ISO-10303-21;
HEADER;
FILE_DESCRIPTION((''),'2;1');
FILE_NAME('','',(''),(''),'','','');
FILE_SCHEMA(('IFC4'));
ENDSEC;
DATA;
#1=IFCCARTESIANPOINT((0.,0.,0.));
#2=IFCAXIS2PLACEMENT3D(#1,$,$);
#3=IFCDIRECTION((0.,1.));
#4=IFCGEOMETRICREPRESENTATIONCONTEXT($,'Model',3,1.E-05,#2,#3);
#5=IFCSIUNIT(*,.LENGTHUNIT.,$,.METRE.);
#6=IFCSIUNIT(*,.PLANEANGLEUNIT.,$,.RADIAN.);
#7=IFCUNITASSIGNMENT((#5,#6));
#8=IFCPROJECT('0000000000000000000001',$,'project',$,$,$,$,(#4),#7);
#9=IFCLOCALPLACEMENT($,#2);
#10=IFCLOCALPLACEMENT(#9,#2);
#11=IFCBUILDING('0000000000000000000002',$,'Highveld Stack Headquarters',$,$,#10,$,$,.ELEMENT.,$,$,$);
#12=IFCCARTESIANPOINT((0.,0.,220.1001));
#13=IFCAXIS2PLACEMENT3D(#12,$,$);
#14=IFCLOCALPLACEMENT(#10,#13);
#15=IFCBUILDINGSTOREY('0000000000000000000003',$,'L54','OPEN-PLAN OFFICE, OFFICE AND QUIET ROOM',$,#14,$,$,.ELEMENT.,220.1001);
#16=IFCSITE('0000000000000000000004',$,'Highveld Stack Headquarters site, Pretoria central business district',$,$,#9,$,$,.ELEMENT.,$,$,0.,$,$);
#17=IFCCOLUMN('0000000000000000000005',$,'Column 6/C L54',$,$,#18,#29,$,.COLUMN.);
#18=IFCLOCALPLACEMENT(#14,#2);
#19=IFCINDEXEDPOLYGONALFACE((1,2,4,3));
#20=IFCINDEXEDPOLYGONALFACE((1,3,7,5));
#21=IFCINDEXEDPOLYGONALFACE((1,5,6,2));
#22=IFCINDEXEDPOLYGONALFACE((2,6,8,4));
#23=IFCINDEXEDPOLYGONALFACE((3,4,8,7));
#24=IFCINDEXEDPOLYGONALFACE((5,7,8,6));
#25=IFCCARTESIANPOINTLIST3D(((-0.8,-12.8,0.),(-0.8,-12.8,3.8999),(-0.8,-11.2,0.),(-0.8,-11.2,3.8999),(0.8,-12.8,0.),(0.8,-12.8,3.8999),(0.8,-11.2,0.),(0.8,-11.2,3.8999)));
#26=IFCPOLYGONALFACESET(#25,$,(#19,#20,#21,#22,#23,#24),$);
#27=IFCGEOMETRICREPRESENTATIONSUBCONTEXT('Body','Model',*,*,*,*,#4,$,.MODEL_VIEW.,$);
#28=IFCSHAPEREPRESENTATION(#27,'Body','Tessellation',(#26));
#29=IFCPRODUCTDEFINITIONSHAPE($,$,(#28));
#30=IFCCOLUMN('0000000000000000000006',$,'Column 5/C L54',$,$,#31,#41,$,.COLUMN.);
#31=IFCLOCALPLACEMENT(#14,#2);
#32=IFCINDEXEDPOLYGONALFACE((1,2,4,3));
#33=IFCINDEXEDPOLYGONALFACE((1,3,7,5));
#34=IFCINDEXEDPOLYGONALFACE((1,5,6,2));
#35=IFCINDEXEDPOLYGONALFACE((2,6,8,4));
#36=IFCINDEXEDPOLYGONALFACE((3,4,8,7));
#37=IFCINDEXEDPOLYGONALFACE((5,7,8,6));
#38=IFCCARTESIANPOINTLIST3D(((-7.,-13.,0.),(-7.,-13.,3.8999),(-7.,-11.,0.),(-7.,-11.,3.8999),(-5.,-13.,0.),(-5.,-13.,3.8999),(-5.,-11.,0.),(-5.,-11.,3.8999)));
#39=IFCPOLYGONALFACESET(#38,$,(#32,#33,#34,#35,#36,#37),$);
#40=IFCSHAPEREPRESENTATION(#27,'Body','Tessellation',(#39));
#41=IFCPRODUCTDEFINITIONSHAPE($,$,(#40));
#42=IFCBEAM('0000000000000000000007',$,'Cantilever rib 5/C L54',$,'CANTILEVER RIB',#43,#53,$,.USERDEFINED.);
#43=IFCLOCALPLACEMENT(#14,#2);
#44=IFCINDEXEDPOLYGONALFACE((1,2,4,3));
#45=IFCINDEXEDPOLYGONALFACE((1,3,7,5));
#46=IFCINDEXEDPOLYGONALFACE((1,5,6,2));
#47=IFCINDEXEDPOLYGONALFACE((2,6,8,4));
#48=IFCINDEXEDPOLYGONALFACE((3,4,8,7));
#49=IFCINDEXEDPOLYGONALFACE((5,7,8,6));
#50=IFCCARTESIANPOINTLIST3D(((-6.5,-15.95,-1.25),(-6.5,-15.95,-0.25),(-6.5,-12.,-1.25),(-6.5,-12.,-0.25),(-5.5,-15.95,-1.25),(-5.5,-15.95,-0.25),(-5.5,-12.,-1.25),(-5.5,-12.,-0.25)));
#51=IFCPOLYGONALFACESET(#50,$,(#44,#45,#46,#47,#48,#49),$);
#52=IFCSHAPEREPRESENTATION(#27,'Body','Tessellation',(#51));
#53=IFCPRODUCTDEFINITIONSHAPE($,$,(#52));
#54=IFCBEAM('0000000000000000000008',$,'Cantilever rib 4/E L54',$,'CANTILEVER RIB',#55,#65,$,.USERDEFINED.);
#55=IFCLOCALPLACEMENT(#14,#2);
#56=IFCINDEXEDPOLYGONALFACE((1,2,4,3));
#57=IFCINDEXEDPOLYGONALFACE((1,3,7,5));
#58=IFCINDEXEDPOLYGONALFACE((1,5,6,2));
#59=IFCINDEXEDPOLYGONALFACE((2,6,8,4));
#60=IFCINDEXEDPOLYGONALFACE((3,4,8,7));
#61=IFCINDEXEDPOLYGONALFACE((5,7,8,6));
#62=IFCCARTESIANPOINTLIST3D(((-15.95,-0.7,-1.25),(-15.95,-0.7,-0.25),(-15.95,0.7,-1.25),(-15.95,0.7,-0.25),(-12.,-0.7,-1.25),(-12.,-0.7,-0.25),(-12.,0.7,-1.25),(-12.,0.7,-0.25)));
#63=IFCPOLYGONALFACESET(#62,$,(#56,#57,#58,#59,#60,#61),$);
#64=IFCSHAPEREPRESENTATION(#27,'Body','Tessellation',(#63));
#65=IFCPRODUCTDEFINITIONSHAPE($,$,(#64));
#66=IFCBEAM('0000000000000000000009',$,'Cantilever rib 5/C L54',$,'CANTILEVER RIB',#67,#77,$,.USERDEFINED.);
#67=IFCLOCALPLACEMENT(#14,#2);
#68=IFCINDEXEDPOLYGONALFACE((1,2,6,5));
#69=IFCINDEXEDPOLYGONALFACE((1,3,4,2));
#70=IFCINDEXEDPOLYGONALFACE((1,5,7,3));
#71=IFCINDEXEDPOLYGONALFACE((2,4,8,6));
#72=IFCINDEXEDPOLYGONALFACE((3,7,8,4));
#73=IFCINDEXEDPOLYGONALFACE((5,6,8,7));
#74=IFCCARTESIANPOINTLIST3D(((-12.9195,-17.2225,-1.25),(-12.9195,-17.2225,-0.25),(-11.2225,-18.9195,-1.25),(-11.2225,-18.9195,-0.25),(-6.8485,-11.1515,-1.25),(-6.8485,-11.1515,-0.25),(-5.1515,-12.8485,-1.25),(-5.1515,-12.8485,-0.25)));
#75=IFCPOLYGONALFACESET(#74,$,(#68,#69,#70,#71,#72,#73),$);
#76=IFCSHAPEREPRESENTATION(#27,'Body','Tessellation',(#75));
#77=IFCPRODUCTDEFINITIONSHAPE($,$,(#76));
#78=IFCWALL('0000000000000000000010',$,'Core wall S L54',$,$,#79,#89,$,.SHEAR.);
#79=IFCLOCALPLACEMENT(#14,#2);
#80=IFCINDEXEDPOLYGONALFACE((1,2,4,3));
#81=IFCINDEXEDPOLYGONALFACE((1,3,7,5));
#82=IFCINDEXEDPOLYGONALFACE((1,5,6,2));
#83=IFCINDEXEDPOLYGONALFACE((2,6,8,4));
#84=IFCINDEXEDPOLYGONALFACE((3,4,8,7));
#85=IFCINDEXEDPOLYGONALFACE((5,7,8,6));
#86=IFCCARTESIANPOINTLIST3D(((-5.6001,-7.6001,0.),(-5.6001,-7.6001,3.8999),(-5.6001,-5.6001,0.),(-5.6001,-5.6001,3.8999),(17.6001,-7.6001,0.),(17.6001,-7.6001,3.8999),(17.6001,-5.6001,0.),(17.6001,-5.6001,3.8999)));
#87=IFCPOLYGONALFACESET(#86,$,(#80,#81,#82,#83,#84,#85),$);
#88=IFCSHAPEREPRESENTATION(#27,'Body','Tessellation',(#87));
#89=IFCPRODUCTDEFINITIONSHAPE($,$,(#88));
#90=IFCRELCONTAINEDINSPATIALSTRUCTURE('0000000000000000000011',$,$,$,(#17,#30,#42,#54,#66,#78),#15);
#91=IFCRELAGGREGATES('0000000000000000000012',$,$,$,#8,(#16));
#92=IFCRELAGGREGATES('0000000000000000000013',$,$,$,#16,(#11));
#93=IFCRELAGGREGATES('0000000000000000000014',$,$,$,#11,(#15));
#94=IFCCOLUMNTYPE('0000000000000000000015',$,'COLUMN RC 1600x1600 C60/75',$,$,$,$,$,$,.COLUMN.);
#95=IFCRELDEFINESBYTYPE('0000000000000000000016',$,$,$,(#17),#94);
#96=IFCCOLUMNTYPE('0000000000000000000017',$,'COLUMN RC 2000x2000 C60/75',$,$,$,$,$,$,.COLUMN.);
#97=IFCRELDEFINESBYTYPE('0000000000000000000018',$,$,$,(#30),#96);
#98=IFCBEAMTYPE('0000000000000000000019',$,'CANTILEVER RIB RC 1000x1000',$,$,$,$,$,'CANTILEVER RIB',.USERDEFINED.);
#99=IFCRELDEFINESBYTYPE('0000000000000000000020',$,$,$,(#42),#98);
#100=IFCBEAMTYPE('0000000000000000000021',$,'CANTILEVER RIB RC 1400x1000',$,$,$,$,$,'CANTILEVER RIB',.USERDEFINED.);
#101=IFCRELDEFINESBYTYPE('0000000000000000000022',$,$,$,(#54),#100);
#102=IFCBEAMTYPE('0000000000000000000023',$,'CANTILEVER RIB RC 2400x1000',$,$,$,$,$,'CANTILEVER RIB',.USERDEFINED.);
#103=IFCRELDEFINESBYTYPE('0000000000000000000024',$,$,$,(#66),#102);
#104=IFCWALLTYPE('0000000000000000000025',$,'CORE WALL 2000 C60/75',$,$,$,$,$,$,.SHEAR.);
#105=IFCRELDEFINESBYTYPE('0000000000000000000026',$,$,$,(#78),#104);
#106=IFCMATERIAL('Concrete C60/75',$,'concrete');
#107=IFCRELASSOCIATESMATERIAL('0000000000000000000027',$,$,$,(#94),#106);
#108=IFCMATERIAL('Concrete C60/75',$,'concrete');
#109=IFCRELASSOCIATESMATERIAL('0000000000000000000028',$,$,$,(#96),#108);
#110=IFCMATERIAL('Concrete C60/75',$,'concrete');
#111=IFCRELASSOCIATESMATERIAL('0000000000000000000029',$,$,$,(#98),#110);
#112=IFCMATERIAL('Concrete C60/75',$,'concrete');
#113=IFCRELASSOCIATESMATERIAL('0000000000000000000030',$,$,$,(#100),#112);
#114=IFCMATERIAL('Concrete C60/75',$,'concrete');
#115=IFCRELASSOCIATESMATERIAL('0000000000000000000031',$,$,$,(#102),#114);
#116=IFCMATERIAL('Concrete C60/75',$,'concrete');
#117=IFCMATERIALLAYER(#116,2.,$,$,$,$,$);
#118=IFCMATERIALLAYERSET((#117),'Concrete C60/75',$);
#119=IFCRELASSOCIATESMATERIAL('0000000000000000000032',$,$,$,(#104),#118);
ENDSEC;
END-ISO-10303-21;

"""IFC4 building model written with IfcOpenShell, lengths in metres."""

from ifc_helpers import new_model, si_unit, direction, frame, frame_2d, origin, origin_2d, place, context, subcontext, project, spatial, rectangle, extrude, material, layer, layer_set, material_profile, profile_set, type_object, element, save


model = new_model("IFC4")

# Units and contexts
model_context = context("Model", 3, precision=1e-05, world=origin(), true_north=direction((0.0, 1.0)))
body_context = subcontext(model_context, "Body", "Model", "MODEL_VIEW")
ifc_project = project(units=[si_unit("LENGTHUNIT", "METRE"), si_unit("PLANEANGLEUNIT", "RADIAN")], contexts=[model_context])

# Site, building, storey
site_placement = place(None, origin())
site = spatial("IfcSite", under=ifc_project, at=site_placement, Name="Highveld Stack Headquarters site, Pretoria central business district", CompositionType="ELEMENT", RefElevation=0.0)
building_placement = place(site_placement, origin())
building = spatial("IfcBuilding", under=site, at=building_placement, Name="Highveld Stack Headquarters", CompositionType="ELEMENT")
storey_placement = place(building_placement, frame((0.0, 0.0, 220.1001)))
storey = spatial("IfcBuildingStorey", under=building, at=storey_placement, Name="L54", Description="OPEN-PLAN OFFICE, OFFICE AND QUIET ROOM", CompositionType="ELEMENT", Elevation=220.1001)

# Columns
ifc_material_1 = material(Name="Concrete C60/75", Category="concrete")
ifc_material_profile_1 = material_profile(ifc_material_1, rectangle(XDim=1.6001, YDim=1.6001, at=origin_2d()), Name="RC 1600x1600")
ifc_profile_set_1 = profile_set([ifc_material_profile_1], Name="Concrete C60/75")
column_type_1 = type_object("IfcColumnType", Name="COLUMN RC 1600x1600 C60/75", PredefinedType="COLUMN", material=ifc_profile_set_1)
column_1_placement = place(storey_placement, frame((0.0, -12.0, 0.0), z_axis=(0.0, 0.0, 1.0), x_axis=(1.0, 0.0, 0.0)))
element("IfcColumn", 1, at=column_1_placement, inside=storey, type_object=column_type_1, Name="Column 6/C L54", PredefinedType="COLUMN", context=body_context, shape_type="SweptSolid", body=[
    extrude(rectangle(XDim=1.6001, YDim=1.6001, at=origin_2d()), origin(), (0.0, 0.0, 1.0), 3.8999),
])
ifc_material_2 = material(Name="Concrete C60/75", Category="concrete")
ifc_material_profile_2 = material_profile(ifc_material_2, rectangle(XDim=2.0, YDim=2.0, at=origin_2d()), Name="RC 2000x2000")
ifc_profile_set_2 = profile_set([ifc_material_profile_2], Name="Concrete C60/75")
column_type_2 = type_object("IfcColumnType", Name="COLUMN RC 2000x2000 C60/75", PredefinedType="COLUMN", material=ifc_profile_set_2)
column_2_placement = place(storey_placement, frame((-6.0, -12.0, 0.0), z_axis=(0.0, 0.0, 1.0), x_axis=(1.0, 0.0, 0.0)))
element("IfcColumn", 2, at=column_2_placement, inside=storey, type_object=column_type_2, Name="Column 5/C L54", PredefinedType="COLUMN", context=body_context, shape_type="SweptSolid", body=[
    extrude(rectangle(XDim=2.0, YDim=2.0, at=origin_2d()), origin(), (0.0, 0.0, 1.0), 3.8999),
])

# Beams
ifc_material_3 = material(Name="Concrete C60/75", Category="concrete")
ifc_material_profile_3 = material_profile(ifc_material_3, rectangle(XDim=1.0, YDim=1.0, at=origin_2d()), Name="RC 1000x1000")
ifc_profile_set_3 = profile_set([ifc_material_profile_3], Name="Concrete C60/75")
beam_type_1 = type_object("IfcBeamType", Name="CANTILEVER RIB RC 1000x1000", ElementType="CANTILEVER RIB", PredefinedType="USERDEFINED", material=ifc_profile_set_3)
beam_1_placement = place(storey_placement, frame((-6.0, -12.0, -0.75), z_axis=(0.0, -1.0, 0.0), x_axis=(1.0, 0.0, 0.0)))
element("IfcBeam", 3, at=beam_1_placement, inside=storey, type_object=beam_type_1, Name="Cantilever rib 5/C L54", ObjectType="CANTILEVER RIB", PredefinedType="USERDEFINED", context=body_context, shape_type="SweptSolid", body=[
    extrude(rectangle(XDim=1.0, YDim=1.0, at=origin_2d()), origin(), (0.0, 0.0, 1.0), 3.95),
])
ifc_material_4 = material(Name="Concrete C60/75", Category="concrete")
ifc_material_profile_4 = material_profile(ifc_material_4, rectangle(XDim=1.3999, YDim=1.0, at=origin_2d()), Name="RC 1400x1000")
ifc_profile_set_4 = profile_set([ifc_material_profile_4], Name="Concrete C60/75")
beam_type_2 = type_object("IfcBeamType", Name="CANTILEVER RIB RC 1400x1000", ElementType="CANTILEVER RIB", PredefinedType="USERDEFINED", material=ifc_profile_set_4)
beam_2_placement = place(storey_placement, frame((-12.0, 0.0, -0.75), z_axis=(-1.0, 0.0, 0.0), x_axis=(0.0, -1.0, 0.0)))
element("IfcBeam", 4, at=beam_2_placement, inside=storey, type_object=beam_type_2, Name="Cantilever rib 4/E L54", ObjectType="CANTILEVER RIB", PredefinedType="USERDEFINED", context=body_context, shape_type="SweptSolid", body=[
    extrude(rectangle(XDim=1.3999, YDim=1.0, at=origin_2d()), origin(), (0.0, 0.0, 1.0), 3.95),
])
ifc_material_5 = material(Name="Concrete C60/75", Category="concrete")
ifc_material_profile_5 = material_profile(ifc_material_5, rectangle(XDim=2.3999, YDim=1.0, at=origin_2d()), Name="RC 2400x1000")
ifc_profile_set_5 = profile_set([ifc_material_profile_5], Name="Concrete C60/75")
beam_type_3 = type_object("IfcBeamType", Name="CANTILEVER RIB RC 2400x1000", ElementType="CANTILEVER RIB", PredefinedType="USERDEFINED", material=ifc_profile_set_5)
beam_3_placement = place(storey_placement, frame((-6.0, -12.0, -0.75), z_axis=(-0.707107, -0.707107, 0.0), x_axis=(0.707107, -0.707107, 0.0)))
element("IfcBeam", 5, at=beam_3_placement, inside=storey, type_object=beam_type_3, Name="Cantilever rib 5/C L54", ObjectType="CANTILEVER RIB", PredefinedType="USERDEFINED", context=body_context, shape_type="SweptSolid", body=[
    extrude(rectangle(XDim=2.3999, YDim=1.0, at=origin_2d()), origin(), (0.0, 0.0, 1.0), 8.5857),
])

# Wall
ifc_material_6 = material(Name="Concrete C60/75", Category="concrete")
ifc_layer_1 = layer(ifc_material_6, 2.0)
ifc_layer_set_1 = layer_set([ifc_layer_1], Name="Concrete C60/75")
wall_type_1 = type_object("IfcWallType", Name="CORE WALL 2000 C60/75", PredefinedType="SHEAR", material=ifc_layer_set_1)
wall_1_placement = place(storey_placement, frame((-5.6001, -6.6001, 0.0), z_axis=(0.0, 0.0, 1.0), x_axis=(1.0, 0.0, 0.0)))
element("IfcWall", 6, at=wall_1_placement, inside=storey, type_object=wall_type_1, Name="Core wall S L54", PredefinedType="SHEAR", context=body_context, shape_type="SweptSolid", body=[
    extrude(rectangle(XDim=23.2002, YDim=2.0, at=frame_2d((11.6001, 0.0))), origin(), (0.0, 0.0, 1.0), 3.8999),
])

save(model, "model.ifc")
